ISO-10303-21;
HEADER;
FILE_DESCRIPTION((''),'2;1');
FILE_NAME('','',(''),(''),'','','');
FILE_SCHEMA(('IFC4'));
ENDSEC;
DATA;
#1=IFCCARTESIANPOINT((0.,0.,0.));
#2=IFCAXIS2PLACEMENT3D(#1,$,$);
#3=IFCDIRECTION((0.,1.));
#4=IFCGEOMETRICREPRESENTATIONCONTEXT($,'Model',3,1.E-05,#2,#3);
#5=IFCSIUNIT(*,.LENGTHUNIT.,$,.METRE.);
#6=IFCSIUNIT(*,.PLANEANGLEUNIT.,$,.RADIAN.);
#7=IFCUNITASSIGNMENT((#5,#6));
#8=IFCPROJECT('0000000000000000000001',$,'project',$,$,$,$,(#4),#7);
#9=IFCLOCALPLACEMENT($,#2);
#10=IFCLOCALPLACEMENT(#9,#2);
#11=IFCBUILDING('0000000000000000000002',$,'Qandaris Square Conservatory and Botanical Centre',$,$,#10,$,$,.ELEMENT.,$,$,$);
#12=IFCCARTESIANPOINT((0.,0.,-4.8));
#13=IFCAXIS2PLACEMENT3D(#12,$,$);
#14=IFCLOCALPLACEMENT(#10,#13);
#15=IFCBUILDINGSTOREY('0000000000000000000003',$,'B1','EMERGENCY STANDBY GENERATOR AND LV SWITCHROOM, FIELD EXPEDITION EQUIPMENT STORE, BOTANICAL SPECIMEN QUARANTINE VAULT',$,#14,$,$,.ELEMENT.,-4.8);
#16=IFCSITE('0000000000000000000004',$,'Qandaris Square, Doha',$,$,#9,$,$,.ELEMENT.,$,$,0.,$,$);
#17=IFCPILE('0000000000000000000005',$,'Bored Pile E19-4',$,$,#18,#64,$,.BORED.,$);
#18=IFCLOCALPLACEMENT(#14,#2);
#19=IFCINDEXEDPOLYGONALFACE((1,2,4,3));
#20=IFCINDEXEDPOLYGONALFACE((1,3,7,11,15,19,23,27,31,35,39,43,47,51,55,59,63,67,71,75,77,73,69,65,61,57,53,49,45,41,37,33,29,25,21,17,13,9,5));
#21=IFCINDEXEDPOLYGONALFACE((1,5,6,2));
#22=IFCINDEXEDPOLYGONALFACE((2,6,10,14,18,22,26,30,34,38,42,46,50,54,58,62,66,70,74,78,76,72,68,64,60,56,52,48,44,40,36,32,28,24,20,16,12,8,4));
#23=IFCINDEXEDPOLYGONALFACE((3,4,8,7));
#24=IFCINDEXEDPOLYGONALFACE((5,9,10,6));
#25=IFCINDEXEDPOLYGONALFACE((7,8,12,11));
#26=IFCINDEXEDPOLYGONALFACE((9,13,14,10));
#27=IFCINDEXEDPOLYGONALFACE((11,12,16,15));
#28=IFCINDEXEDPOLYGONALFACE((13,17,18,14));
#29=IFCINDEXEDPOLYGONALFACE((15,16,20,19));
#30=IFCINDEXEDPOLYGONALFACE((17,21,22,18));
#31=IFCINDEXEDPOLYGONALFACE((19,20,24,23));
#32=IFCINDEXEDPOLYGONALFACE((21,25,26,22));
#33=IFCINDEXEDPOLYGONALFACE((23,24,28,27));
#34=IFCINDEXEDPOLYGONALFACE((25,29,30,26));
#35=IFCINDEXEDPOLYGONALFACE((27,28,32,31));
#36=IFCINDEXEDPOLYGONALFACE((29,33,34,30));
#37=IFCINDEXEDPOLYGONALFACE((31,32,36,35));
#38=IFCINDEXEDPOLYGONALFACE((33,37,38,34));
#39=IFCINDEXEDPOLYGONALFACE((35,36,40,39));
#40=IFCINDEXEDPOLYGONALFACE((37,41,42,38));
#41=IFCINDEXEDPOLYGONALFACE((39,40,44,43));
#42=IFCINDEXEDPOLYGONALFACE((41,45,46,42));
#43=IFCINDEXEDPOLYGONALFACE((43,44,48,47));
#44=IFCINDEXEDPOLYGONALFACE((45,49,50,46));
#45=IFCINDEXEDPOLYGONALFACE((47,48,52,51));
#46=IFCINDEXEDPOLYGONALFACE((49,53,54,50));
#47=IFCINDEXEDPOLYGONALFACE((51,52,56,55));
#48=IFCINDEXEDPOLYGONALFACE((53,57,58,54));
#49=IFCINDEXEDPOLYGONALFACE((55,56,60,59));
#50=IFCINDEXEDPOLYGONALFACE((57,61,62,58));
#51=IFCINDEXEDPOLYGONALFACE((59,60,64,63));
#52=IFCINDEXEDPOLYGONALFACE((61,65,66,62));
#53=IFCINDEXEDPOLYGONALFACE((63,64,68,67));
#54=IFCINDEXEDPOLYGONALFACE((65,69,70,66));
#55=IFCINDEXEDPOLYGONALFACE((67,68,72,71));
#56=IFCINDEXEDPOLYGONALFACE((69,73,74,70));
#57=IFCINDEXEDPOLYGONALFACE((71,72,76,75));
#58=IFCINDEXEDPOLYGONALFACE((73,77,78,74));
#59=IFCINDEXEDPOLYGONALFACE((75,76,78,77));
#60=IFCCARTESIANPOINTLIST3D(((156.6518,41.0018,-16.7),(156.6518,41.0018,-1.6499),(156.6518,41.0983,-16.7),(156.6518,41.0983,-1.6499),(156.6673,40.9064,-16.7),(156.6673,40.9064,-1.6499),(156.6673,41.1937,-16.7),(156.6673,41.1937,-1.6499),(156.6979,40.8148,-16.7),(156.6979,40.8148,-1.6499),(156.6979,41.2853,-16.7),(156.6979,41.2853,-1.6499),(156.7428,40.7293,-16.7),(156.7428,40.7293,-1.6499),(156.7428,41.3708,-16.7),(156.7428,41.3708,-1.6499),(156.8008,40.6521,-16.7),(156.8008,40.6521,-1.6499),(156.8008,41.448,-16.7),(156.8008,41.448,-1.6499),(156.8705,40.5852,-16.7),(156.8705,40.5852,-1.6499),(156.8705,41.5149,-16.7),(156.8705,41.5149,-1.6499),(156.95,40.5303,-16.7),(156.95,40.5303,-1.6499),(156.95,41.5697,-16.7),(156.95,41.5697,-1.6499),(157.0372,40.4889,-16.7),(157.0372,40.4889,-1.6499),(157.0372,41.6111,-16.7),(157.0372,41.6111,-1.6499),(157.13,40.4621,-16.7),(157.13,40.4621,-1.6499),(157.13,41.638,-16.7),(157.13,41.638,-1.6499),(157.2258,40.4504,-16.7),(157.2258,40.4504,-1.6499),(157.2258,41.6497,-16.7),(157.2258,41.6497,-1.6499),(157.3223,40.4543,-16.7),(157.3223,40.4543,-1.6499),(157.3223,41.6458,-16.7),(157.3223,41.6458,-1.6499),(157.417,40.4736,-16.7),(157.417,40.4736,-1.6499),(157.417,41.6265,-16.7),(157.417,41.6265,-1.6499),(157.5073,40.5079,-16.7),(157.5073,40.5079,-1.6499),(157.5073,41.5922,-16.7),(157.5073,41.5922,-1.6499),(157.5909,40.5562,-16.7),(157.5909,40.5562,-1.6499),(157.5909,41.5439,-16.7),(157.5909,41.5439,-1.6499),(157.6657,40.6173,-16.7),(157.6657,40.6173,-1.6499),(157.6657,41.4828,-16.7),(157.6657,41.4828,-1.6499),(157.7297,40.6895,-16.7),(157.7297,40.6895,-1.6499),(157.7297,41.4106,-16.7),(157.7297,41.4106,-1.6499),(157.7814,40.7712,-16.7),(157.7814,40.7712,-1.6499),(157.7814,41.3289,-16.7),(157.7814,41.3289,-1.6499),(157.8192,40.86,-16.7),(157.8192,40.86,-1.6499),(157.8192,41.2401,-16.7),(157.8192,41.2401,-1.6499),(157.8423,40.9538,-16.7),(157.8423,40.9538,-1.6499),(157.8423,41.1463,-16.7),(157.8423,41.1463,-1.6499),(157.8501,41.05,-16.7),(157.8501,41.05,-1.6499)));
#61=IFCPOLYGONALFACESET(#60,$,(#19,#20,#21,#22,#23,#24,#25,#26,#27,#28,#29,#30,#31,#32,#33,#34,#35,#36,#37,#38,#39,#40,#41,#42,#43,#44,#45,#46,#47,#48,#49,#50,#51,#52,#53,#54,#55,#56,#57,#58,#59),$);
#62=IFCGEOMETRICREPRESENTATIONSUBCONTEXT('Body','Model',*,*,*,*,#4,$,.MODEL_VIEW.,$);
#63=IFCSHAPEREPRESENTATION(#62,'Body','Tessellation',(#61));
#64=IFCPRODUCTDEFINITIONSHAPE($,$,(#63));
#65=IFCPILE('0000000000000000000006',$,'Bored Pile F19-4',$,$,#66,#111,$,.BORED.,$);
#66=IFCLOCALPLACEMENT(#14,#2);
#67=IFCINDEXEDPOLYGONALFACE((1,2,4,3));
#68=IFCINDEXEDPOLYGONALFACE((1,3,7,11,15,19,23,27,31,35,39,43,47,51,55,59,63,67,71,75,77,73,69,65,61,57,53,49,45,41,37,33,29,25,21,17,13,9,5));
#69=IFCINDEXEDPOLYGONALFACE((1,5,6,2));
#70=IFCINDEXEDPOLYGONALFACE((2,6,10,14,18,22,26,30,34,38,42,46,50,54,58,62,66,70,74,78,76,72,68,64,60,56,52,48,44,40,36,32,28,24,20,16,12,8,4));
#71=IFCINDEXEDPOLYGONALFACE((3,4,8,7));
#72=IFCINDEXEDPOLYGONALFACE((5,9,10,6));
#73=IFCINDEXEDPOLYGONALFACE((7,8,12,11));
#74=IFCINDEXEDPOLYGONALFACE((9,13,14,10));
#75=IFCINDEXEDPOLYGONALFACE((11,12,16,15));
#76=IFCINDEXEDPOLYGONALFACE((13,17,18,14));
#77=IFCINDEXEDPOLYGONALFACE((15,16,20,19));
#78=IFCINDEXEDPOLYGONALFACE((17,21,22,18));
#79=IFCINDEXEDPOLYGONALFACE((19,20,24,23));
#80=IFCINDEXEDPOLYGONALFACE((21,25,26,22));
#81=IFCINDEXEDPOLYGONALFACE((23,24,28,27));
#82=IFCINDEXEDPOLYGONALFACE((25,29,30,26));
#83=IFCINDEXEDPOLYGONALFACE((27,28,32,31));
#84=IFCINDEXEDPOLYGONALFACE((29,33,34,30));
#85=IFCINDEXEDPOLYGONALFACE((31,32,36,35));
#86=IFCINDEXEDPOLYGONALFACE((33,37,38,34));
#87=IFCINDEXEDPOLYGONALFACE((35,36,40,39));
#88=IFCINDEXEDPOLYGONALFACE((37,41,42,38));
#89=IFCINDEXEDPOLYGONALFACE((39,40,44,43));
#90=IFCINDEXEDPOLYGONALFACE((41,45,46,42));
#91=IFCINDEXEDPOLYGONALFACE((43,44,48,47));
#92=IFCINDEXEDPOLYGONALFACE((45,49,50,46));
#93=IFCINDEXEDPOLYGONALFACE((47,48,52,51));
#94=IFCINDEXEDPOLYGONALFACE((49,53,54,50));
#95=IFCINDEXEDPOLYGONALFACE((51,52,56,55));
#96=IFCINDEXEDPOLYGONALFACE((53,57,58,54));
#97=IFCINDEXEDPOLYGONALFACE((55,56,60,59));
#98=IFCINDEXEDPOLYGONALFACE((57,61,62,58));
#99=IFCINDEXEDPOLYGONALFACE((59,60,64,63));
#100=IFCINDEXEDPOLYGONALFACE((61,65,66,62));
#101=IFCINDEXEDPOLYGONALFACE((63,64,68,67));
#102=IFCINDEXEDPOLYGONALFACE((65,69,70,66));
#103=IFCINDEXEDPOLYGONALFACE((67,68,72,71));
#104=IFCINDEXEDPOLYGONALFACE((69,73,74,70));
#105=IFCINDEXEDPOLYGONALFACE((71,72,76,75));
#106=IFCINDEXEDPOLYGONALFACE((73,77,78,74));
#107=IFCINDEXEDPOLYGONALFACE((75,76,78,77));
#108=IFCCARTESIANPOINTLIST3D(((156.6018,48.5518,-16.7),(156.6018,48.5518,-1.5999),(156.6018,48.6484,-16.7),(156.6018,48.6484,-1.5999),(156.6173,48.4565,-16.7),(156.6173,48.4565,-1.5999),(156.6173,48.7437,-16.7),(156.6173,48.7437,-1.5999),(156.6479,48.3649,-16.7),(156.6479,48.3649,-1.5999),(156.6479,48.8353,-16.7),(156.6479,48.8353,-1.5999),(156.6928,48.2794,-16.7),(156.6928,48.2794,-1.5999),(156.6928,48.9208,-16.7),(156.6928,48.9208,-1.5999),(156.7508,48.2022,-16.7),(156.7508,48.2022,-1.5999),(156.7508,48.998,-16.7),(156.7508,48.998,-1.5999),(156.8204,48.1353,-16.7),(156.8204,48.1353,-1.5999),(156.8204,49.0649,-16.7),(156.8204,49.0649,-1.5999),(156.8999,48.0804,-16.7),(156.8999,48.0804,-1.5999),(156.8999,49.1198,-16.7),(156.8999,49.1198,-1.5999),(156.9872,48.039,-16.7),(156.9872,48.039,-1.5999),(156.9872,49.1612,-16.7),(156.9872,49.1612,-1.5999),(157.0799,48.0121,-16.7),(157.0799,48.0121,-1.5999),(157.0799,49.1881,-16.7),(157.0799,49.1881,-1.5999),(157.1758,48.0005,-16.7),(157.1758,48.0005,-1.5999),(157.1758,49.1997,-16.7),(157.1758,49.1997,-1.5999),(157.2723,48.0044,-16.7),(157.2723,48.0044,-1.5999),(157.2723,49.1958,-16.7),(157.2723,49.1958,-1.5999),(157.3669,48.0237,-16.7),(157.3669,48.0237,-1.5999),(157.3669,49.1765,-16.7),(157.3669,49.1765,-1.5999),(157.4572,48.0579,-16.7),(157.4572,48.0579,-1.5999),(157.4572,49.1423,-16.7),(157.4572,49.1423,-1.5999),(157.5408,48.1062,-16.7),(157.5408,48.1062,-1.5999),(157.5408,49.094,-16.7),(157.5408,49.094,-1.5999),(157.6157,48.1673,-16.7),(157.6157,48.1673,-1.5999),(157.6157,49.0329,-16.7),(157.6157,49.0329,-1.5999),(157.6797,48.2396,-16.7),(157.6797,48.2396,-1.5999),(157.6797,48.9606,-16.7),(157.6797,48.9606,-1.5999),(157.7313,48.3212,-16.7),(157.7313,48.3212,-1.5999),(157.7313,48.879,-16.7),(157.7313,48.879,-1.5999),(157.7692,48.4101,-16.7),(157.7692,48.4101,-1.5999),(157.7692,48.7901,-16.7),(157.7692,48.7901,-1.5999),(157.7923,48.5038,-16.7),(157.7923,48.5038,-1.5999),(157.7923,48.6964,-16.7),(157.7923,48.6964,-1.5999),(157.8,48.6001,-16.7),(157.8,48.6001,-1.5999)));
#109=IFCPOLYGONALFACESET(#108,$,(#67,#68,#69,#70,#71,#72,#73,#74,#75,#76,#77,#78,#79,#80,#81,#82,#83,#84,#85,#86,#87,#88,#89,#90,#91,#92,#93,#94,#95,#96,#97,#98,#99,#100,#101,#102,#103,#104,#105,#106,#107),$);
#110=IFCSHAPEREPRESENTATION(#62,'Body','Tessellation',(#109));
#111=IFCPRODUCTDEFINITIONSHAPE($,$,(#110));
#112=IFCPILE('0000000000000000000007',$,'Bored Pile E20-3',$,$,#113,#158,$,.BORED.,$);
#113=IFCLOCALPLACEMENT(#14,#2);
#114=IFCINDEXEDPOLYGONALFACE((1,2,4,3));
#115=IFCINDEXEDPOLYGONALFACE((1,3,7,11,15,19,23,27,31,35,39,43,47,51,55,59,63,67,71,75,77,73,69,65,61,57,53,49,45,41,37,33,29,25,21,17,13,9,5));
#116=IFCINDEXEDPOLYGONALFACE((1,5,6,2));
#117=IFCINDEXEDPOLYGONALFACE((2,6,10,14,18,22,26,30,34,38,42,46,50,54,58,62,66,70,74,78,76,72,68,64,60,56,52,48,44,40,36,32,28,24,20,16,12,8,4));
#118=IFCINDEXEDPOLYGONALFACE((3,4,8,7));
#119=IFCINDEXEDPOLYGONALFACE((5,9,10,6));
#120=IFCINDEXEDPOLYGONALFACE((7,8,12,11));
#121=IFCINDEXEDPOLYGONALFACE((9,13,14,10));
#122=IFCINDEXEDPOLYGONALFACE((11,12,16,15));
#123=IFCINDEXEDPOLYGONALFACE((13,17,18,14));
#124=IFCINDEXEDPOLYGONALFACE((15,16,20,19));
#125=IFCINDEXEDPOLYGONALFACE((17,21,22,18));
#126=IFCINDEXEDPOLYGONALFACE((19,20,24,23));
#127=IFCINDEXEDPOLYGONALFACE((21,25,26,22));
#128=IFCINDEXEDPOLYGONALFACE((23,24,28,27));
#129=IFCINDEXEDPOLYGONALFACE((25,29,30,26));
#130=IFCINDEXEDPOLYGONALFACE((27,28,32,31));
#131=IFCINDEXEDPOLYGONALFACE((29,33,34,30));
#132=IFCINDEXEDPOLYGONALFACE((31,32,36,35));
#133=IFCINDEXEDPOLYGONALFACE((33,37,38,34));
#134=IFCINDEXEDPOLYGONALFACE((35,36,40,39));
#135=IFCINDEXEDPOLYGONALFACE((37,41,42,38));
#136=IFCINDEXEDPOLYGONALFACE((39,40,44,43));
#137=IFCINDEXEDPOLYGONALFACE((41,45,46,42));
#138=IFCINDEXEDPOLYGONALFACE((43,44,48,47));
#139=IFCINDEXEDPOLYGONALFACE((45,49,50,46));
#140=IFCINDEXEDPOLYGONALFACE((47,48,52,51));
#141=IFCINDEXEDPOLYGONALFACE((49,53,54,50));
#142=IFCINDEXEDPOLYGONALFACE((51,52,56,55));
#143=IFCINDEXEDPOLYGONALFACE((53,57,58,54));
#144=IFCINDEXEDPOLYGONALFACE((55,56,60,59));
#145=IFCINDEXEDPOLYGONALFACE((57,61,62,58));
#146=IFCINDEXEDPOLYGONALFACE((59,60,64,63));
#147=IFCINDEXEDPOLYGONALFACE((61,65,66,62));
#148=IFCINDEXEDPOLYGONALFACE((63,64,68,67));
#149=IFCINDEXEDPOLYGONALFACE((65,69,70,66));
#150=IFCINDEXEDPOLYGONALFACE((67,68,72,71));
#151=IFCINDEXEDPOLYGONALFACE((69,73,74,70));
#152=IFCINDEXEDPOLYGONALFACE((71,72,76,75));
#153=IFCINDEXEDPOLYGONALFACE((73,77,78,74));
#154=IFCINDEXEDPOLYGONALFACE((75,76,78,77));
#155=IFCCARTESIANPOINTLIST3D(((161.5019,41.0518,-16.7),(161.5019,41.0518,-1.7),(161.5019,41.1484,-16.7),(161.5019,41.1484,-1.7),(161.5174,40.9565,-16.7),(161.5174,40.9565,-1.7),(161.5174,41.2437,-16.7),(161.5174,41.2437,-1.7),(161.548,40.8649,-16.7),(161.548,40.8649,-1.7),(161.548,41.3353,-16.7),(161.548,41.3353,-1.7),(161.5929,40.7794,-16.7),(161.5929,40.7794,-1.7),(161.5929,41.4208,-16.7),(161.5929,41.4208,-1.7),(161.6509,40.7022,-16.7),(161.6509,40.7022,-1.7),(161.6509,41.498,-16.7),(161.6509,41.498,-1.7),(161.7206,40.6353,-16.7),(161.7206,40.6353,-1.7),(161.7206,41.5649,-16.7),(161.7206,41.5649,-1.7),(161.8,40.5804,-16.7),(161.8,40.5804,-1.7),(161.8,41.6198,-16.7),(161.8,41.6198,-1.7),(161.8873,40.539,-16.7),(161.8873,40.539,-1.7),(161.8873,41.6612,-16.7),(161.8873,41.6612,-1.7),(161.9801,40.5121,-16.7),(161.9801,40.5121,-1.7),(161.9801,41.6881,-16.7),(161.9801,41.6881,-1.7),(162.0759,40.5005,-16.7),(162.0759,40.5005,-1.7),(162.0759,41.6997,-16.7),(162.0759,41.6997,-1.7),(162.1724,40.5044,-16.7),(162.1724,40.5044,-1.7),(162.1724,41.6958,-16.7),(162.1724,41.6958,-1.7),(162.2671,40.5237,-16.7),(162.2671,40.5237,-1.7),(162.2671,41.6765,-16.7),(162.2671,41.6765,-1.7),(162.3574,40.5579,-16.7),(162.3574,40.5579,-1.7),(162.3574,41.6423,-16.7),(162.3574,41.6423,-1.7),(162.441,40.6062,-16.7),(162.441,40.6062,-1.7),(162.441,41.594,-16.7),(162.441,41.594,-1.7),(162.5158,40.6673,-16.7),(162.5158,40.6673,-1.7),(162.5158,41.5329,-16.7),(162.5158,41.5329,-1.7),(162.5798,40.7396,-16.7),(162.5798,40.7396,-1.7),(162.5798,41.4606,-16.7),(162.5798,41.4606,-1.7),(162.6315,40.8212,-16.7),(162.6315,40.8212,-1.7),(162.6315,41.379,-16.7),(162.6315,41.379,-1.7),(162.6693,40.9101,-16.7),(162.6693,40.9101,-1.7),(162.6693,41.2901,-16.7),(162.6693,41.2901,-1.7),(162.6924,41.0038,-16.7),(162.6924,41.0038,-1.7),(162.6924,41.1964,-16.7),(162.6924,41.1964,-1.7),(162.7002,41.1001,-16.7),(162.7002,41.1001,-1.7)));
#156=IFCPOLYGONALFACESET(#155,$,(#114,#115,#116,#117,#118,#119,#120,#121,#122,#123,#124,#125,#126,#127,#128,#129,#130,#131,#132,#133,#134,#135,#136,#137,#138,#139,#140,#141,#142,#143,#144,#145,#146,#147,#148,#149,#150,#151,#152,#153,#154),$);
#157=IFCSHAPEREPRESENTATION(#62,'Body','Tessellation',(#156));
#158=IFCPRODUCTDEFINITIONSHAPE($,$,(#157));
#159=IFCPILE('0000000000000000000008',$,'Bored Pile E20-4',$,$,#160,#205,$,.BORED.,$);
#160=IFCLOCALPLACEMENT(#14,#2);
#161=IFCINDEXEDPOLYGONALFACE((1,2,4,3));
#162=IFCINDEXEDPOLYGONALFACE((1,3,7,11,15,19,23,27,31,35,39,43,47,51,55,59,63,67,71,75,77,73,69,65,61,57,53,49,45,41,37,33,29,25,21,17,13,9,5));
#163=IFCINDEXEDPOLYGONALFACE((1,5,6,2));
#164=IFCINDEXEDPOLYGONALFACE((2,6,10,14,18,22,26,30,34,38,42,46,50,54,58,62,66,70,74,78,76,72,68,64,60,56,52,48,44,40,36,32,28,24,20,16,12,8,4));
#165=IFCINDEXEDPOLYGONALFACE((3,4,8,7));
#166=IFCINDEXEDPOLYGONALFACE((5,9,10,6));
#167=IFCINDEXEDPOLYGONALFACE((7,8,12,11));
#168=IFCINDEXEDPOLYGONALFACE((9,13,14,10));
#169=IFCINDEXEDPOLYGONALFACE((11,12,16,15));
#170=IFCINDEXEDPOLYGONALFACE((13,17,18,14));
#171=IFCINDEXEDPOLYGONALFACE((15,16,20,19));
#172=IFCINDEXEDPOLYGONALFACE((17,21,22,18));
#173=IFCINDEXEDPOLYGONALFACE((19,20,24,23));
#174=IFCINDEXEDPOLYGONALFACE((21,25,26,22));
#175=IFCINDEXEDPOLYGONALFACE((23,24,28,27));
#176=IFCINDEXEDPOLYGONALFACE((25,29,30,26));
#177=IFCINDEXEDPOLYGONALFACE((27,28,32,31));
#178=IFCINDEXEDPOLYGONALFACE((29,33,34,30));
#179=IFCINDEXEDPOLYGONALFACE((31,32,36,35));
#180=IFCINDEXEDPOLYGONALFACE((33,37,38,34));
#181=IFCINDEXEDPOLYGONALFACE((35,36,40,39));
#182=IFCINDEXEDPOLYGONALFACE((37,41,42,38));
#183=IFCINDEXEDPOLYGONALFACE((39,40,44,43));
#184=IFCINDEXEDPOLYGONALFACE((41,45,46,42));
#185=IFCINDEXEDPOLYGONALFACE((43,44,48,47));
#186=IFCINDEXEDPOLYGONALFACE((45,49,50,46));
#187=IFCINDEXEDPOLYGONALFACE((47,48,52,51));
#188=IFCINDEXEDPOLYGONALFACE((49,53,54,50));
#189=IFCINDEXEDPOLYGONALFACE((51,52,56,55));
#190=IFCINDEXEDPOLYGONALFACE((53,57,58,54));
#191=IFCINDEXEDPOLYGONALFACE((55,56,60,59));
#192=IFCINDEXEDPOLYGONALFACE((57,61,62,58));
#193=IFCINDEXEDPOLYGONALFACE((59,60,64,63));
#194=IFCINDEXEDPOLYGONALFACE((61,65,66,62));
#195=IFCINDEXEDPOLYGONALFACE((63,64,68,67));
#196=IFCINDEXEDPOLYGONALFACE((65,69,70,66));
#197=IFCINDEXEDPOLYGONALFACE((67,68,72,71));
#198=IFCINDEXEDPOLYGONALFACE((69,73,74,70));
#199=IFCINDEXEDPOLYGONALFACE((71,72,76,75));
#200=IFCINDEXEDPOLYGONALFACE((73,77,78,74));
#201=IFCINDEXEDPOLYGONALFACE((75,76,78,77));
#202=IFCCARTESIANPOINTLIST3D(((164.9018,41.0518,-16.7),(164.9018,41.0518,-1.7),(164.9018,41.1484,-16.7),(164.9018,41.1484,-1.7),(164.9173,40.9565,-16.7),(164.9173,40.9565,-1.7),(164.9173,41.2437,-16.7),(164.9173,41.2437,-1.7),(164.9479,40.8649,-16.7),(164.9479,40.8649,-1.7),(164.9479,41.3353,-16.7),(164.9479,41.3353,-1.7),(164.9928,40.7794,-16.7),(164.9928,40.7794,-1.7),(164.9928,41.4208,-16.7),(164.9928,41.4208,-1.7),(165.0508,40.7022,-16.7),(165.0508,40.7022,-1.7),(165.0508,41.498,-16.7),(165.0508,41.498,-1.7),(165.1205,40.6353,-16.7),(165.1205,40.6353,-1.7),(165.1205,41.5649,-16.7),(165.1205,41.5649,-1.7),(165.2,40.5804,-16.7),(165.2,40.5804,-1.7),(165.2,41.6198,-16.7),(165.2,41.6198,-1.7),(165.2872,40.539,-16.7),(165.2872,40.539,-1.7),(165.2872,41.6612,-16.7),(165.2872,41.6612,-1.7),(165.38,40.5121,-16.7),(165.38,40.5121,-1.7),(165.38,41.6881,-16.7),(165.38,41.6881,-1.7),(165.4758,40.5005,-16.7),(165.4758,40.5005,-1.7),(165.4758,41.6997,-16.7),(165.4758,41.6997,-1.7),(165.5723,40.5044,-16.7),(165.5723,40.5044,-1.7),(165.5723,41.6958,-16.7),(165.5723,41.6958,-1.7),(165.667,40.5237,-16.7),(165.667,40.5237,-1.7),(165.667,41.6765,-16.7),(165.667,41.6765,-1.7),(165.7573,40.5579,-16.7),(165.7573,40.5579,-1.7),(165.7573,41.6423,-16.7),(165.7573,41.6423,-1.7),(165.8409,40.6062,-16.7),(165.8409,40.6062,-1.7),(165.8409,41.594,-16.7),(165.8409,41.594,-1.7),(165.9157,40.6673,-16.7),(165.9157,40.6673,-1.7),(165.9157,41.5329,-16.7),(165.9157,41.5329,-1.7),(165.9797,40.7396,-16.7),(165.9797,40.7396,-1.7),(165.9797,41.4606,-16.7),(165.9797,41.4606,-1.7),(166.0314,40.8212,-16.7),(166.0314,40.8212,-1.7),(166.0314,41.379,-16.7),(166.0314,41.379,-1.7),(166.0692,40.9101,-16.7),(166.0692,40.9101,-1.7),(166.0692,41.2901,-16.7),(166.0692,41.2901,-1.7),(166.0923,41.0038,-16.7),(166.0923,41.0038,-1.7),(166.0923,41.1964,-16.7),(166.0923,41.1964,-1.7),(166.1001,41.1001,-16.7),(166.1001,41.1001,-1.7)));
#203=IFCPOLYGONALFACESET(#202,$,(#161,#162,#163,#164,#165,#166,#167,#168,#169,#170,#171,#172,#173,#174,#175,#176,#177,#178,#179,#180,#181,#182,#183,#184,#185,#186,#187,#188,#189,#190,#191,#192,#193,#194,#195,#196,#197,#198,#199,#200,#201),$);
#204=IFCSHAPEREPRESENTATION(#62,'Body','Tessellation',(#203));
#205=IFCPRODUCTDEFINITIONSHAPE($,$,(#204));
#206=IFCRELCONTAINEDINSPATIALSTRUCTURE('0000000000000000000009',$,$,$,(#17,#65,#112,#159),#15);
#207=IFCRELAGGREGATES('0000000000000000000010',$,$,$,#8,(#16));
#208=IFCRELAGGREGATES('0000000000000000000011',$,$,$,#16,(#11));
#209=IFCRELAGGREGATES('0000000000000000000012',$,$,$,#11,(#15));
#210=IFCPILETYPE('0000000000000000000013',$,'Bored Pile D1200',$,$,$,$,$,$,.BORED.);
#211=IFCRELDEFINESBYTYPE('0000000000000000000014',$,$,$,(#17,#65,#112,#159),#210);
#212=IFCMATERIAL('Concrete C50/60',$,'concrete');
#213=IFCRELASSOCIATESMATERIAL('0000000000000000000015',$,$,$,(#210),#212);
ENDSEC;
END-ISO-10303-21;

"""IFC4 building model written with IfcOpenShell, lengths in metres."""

from ifc_helpers import new_model, si_unit, direction, frame, origin, origin_2d, place, context, subcontext, project, spatial, circle, extrude, material, material_profile, profile_set, type_object, element, save


model = new_model("IFC4")

# Units and contexts
model_context = context("Model", 3, precision=1e-05, world=origin(), true_north=direction((0.0, 1.0)))
body_context = subcontext(model_context, "Body", "Model", "MODEL_VIEW")
ifc_project = project(units=[si_unit("LENGTHUNIT", "METRE"), si_unit("PLANEANGLEUNIT", "RADIAN")], contexts=[model_context])

# Site, building, storey
site_placement = place(None, origin())
site = spatial("IfcSite", under=ifc_project, at=site_placement, Name="Qandaris Square, Doha", CompositionType="ELEMENT", RefElevation=0.0)
building_placement = place(site_placement, origin())
building = spatial("IfcBuilding", under=site, at=building_placement, Name="Qandaris Square Conservatory and Botanical Centre", CompositionType="ELEMENT")
storey_placement = place(building_placement, frame((0.0, 0.0, -4.8)))
storey = spatial("IfcBuildingStorey", under=building, at=storey_placement, Name="B1", Description="EMERGENCY STANDBY GENERATOR AND LV SWITCHROOM, FIELD EXPEDITION EQUIPMENT STORE, BOTANICAL SPECIMEN QUARANTINE VAULT", CompositionType="ELEMENT", Elevation=-4.8)

# Piles
ifc_material_1 = material(Name="Concrete C50/60", Category="concrete")
ifc_material_profile_1 = material_profile(ifc_material_1, circle(Radius=0.6001, at=origin_2d()), Name="PILE D1200")
ifc_profile_set_1 = profile_set([ifc_material_profile_1], Name="Concrete C50/60")
pile_type = type_object("IfcPileType", Name="Bored Pile D1200", PredefinedType="BORED", material=ifc_profile_set_1)
pile_1_placement = place(storey_placement, frame((157.25, 41.05, -1.6499), z_axis=(0.0, 0.0, -1.0), x_axis=(1.0, 0.0, 0.0)))
element("IfcPile", 1, at=pile_1_placement, inside=storey, type_object=pile_type, Name="Bored Pile E19-4", PredefinedType="BORED", context=body_context, shape_type="SweptSolid", body=[
    extrude(circle(Radius=0.6001, at=origin_2d()), origin(), (0.0, 0.0, 1.0), 15.05),
])
pile_2_placement = place(storey_placement, frame((157.2, 48.6001, -1.5999), z_axis=(0.0, 0.0, -1.0), x_axis=(1.0, 0.0, 0.0)))
element("IfcPile", 2, at=pile_2_placement, inside=storey, type_object=pile_type, Name="Bored Pile F19-4", PredefinedType="BORED", context=body_context, shape_type="SweptSolid", body=[
    extrude(circle(Radius=0.6001, at=origin_2d()), origin(), (0.0, 0.0, 1.0), 15.1001),
])
for number, where, z_axis, x_axis, name in (
    (3, (162.1001, 41.1001, -1.7), (0.0, 0.0, -1.0), (1.0, 0.0, 0.0), "Bored Pile E20-3"),
    (4, (165.5, 41.1001, -1.7), (0.0, 0.0, -1.0), (1.0, 0.0, 0.0), "Bored Pile E20-4"),
):
    element("IfcPile", number, at=place(storey_placement, frame(where, z_axis=z_axis, x_axis=x_axis)), inside=storey, type_object=pile_type, Name=name, PredefinedType="BORED", context=body_context, shape_type="SweptSolid", body=[
        extrude(circle(Radius=0.6001, at=origin_2d()), origin(), (0.0, 0.0, 1.0), 15.0),
    ])

save(model, "model.ifc")
